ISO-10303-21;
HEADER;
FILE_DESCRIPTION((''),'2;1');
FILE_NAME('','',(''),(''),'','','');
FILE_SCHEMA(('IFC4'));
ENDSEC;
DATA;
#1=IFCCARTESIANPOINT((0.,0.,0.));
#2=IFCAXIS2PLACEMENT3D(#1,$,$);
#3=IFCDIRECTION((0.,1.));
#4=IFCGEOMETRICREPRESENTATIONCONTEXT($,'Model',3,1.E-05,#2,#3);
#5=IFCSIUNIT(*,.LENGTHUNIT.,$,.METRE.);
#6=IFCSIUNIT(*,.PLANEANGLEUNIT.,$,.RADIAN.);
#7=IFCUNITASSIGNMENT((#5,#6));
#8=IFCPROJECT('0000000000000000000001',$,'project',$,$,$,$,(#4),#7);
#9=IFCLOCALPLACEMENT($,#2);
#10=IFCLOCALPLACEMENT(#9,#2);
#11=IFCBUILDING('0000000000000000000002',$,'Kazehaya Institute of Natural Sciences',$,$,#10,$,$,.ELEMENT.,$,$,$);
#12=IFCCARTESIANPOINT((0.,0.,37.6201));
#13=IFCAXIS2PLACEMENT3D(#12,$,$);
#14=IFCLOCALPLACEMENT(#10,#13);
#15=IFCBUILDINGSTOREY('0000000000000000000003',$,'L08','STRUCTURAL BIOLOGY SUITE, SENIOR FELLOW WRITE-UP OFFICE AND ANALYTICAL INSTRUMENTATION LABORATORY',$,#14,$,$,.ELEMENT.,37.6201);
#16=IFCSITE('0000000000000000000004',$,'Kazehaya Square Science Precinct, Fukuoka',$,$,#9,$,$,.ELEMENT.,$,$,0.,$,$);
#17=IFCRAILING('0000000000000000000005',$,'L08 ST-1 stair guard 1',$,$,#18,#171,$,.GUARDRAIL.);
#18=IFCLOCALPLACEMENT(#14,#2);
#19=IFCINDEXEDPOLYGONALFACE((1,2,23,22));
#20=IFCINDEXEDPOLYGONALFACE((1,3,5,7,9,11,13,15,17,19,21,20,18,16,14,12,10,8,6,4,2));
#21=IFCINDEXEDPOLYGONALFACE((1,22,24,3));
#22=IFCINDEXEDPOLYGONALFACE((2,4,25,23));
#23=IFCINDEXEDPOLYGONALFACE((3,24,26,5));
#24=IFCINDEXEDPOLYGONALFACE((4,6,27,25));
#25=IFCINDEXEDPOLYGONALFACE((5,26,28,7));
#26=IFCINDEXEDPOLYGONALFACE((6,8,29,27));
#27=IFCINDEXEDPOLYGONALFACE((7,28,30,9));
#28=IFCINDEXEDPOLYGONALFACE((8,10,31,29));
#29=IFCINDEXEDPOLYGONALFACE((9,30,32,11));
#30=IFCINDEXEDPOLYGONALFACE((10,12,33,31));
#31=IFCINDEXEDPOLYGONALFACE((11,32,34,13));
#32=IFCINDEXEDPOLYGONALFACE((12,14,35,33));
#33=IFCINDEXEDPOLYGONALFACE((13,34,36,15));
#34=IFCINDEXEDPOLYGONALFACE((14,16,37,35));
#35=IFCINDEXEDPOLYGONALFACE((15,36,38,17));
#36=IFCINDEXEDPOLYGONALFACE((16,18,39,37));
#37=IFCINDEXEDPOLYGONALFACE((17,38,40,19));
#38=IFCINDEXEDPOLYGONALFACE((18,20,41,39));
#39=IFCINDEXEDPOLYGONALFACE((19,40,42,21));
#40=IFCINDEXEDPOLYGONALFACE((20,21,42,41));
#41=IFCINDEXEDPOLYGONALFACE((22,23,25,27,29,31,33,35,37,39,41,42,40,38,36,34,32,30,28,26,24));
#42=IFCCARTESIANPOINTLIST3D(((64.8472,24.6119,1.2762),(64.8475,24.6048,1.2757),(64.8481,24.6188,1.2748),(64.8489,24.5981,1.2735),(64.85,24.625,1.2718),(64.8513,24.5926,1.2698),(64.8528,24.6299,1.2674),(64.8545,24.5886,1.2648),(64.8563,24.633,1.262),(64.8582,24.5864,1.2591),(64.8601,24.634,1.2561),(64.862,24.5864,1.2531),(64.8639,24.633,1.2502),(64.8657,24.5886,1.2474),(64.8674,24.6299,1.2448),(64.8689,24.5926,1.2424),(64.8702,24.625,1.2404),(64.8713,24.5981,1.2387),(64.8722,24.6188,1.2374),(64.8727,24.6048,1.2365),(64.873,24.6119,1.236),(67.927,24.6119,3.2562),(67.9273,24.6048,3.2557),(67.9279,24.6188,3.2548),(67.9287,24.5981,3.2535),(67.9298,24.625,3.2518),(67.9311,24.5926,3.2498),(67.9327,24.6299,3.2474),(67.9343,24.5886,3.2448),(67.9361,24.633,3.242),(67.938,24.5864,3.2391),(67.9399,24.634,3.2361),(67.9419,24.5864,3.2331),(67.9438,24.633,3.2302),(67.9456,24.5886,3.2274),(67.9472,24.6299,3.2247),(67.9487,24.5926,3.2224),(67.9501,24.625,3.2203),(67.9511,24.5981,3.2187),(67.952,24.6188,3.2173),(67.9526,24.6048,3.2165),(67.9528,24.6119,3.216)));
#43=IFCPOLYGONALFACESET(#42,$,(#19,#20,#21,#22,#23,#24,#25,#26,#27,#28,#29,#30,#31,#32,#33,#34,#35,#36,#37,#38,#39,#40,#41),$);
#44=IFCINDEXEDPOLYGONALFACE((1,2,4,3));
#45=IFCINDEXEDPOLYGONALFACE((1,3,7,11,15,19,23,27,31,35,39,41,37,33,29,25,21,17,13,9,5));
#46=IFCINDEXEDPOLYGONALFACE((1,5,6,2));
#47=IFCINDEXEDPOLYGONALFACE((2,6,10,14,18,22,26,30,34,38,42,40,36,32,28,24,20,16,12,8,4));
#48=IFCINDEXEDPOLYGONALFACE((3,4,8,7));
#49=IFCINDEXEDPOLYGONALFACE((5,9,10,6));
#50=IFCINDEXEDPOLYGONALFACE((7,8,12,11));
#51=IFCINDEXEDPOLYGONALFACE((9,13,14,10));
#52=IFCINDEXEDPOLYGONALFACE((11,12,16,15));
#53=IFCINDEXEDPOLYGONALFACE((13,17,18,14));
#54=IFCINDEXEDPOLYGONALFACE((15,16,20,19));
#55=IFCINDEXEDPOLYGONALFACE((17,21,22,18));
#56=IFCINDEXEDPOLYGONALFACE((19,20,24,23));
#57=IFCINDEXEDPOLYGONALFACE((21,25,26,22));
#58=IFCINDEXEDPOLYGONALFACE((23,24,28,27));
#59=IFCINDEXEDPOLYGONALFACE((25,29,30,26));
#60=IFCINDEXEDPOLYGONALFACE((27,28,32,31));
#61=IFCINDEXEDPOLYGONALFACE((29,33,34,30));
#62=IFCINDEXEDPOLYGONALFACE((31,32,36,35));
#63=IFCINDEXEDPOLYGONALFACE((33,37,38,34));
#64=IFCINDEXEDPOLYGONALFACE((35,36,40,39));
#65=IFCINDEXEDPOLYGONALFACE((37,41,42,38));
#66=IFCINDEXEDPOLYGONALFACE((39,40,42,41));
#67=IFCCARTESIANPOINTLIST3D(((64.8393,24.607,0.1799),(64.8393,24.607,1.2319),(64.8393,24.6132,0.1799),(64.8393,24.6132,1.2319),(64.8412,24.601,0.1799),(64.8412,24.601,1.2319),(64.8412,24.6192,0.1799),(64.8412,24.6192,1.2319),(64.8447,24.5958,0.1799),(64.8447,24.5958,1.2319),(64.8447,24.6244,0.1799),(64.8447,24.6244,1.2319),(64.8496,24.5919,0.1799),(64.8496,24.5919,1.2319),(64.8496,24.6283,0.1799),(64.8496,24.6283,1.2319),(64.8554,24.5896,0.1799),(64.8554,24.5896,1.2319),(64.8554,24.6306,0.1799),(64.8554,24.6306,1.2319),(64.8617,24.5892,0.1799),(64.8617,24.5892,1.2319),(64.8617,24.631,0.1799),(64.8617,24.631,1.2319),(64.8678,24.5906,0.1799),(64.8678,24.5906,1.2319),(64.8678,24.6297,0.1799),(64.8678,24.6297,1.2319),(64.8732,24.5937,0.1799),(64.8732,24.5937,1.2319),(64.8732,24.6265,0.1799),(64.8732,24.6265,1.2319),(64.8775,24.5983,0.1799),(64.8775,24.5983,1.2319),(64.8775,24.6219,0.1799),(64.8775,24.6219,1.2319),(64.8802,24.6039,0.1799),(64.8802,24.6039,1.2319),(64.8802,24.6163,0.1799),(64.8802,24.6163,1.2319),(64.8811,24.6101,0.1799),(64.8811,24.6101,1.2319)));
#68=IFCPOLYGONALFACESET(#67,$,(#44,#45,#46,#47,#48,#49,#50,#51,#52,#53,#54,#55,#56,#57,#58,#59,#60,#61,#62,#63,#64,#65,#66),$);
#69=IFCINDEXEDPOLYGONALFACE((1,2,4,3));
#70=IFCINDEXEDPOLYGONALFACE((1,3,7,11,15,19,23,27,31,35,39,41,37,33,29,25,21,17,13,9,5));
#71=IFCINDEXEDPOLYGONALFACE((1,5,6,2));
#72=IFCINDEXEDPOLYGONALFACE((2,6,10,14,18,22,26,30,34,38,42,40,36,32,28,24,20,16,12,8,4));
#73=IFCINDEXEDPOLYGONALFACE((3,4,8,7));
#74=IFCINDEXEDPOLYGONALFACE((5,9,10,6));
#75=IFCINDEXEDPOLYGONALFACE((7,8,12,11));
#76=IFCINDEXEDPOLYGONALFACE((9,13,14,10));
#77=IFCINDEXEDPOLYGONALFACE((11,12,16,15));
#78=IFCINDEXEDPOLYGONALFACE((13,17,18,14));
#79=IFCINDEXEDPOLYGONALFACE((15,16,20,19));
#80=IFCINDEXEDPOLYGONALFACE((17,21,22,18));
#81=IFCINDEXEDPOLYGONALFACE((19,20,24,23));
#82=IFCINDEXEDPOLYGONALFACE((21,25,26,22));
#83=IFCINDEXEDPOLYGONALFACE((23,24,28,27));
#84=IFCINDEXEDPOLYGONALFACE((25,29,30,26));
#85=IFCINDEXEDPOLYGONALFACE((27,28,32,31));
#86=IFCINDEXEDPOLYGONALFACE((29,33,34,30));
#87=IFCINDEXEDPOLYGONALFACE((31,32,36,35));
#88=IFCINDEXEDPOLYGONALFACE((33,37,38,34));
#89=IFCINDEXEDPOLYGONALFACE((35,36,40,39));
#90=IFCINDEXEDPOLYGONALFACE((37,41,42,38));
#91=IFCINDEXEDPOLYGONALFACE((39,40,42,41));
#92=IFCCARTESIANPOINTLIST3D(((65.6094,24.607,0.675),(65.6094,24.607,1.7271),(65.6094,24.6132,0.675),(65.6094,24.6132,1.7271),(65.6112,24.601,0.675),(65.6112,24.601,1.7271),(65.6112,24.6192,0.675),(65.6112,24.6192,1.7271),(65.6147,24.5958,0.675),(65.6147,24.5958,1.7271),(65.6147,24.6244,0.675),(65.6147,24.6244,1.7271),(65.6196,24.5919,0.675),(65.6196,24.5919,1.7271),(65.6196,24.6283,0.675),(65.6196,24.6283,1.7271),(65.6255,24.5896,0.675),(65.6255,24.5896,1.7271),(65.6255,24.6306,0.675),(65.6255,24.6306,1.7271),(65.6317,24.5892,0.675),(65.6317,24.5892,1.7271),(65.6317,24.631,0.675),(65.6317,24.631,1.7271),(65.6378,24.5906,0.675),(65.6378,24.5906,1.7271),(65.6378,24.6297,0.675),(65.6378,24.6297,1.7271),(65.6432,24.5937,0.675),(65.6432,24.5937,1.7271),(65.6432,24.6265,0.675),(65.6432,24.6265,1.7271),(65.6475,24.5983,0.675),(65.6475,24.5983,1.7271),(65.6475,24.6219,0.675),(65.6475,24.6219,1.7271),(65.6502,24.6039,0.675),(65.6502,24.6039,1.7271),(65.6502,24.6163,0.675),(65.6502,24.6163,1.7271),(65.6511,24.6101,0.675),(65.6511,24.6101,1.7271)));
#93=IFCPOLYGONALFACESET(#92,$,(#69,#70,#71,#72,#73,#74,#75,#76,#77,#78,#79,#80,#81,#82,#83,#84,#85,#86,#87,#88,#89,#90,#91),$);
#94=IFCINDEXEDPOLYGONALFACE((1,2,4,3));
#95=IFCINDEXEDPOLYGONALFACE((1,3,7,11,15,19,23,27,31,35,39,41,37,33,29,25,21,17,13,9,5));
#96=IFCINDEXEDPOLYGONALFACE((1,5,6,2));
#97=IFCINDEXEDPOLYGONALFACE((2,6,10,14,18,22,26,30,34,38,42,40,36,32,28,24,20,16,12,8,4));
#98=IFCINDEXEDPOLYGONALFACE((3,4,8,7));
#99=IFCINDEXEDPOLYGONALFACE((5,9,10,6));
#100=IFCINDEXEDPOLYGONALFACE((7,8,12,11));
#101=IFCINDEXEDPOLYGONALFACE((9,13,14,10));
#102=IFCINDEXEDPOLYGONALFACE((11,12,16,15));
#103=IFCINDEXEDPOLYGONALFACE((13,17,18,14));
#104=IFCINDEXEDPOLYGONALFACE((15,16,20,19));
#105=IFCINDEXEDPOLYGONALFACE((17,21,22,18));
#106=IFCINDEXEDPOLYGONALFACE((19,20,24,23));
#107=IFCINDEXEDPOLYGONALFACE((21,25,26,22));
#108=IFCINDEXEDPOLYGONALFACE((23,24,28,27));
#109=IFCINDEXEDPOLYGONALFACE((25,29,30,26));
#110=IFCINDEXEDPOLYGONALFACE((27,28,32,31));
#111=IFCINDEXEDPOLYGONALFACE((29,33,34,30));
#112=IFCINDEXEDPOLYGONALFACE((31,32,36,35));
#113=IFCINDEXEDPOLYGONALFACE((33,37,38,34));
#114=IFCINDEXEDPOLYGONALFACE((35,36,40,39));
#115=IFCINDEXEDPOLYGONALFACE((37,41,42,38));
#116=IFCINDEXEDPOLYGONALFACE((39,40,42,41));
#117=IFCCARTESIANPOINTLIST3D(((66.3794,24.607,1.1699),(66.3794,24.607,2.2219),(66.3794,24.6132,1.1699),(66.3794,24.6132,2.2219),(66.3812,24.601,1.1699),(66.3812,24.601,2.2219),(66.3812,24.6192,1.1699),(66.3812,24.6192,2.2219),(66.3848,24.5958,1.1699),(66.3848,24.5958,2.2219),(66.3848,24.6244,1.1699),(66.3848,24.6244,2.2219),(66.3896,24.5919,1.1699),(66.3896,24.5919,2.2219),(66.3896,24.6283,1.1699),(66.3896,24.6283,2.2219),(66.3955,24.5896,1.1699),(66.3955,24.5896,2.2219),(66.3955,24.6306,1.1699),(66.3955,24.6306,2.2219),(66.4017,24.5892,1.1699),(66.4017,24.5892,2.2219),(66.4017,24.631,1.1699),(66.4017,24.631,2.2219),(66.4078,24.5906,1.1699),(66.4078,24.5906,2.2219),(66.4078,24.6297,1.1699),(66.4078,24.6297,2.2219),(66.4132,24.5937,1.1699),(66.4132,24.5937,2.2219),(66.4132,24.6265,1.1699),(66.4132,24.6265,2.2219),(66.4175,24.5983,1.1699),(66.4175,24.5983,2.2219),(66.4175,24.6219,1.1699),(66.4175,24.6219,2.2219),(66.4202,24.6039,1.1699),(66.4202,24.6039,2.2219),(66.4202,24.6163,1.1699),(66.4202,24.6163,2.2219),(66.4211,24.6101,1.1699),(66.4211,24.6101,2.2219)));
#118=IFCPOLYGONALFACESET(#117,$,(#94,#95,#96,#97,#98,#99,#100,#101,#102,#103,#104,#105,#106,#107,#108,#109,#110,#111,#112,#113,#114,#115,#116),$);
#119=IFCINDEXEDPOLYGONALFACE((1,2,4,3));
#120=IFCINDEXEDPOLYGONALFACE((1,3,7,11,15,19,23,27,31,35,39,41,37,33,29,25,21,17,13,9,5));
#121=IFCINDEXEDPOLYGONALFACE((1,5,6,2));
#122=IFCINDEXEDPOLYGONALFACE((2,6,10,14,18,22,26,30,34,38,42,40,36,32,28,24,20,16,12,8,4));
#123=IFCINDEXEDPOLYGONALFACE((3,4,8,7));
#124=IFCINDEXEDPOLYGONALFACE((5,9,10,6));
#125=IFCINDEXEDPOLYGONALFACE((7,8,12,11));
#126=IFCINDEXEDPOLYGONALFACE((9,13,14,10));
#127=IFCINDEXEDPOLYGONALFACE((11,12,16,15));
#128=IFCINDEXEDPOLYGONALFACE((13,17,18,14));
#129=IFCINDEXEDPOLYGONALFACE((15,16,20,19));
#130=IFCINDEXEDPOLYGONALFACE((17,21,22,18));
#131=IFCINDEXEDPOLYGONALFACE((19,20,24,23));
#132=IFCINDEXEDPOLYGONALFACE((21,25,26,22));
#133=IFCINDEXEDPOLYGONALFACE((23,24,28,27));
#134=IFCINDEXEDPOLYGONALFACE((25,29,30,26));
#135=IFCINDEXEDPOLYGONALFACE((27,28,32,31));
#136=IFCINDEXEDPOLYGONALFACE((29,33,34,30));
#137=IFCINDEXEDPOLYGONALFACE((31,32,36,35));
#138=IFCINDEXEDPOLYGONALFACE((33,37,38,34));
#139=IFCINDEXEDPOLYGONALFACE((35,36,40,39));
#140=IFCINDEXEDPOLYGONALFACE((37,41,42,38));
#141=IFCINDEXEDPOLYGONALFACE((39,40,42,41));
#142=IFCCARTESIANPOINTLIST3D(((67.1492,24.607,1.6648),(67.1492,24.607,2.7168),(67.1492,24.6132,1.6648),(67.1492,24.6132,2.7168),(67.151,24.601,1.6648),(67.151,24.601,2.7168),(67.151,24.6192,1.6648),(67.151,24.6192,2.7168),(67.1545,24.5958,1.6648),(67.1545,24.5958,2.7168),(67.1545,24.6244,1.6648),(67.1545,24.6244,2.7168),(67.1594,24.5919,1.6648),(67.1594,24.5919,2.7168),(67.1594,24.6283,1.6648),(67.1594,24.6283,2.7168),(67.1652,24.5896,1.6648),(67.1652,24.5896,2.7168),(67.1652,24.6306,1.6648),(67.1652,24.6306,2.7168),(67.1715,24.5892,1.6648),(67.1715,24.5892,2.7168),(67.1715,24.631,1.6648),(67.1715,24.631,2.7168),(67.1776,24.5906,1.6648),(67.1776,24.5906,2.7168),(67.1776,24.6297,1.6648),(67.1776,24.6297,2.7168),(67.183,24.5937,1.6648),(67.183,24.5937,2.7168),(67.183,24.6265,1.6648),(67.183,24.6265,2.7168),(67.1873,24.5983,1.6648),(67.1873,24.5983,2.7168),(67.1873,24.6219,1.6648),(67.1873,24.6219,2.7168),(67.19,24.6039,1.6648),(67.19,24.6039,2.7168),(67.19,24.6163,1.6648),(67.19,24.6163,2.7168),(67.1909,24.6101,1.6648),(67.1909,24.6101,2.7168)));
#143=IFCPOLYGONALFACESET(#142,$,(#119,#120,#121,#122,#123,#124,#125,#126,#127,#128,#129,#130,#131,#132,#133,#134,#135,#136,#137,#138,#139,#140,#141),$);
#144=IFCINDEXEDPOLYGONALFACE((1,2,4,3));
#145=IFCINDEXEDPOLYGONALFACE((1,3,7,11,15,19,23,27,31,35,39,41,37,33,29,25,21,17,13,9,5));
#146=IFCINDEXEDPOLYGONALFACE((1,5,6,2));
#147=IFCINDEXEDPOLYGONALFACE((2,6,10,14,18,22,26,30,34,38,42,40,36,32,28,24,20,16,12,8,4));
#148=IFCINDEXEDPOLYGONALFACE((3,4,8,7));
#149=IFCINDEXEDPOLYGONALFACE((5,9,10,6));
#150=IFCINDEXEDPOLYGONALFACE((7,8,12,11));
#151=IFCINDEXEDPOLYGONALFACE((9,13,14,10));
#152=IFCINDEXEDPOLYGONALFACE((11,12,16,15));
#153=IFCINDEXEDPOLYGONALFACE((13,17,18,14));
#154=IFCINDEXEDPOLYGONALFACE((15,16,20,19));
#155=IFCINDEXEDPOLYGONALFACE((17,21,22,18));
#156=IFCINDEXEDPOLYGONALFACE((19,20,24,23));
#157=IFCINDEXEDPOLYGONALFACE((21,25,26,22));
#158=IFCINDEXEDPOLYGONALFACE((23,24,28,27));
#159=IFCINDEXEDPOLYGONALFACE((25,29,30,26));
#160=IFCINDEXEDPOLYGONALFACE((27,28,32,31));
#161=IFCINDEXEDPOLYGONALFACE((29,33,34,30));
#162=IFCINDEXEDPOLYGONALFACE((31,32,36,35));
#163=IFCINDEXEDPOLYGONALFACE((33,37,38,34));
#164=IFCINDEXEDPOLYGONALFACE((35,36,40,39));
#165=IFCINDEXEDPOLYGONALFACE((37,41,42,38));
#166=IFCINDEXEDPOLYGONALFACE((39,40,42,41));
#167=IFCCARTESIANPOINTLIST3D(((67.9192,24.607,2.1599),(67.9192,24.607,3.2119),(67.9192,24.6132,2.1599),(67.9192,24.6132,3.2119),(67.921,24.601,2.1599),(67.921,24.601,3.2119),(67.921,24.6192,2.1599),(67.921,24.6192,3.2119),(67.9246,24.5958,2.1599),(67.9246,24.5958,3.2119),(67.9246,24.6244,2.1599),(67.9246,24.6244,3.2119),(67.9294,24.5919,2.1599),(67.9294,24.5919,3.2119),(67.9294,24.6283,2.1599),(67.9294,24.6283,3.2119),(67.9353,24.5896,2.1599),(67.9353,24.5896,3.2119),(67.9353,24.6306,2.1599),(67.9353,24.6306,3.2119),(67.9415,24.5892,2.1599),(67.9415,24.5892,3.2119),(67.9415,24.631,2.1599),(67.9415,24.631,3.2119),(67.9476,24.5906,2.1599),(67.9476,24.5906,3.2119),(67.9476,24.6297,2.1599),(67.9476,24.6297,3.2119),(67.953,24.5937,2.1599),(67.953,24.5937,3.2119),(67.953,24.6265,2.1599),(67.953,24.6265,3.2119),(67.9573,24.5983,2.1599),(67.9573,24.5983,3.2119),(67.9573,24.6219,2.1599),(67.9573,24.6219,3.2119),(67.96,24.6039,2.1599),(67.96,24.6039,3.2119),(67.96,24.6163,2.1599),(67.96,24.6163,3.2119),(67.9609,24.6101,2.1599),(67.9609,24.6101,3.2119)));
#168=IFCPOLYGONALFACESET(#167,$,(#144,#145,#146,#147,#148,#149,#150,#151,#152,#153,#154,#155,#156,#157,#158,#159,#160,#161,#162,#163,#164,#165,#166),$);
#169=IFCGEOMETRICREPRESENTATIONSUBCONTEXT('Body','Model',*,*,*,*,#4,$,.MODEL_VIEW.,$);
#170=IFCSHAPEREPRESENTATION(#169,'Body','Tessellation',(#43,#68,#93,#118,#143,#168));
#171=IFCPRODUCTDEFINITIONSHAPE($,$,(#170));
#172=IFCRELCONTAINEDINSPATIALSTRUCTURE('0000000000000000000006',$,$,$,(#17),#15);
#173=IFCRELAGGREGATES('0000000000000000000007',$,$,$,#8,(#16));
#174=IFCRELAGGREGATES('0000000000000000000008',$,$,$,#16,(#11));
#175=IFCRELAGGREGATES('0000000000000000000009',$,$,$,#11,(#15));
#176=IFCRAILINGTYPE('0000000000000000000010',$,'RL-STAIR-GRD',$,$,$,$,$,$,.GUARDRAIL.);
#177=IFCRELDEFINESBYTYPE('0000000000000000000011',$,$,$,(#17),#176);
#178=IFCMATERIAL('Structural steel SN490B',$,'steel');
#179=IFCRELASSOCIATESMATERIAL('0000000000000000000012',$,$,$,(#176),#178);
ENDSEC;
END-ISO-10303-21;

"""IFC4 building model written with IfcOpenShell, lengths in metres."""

from ifc_helpers import new_model, si_unit, direction, frame, origin, origin_2d, place, context, subcontext, project, spatial, circle, extrude, material, type_object, element, save


model = new_model("IFC4")

# Units and contexts
model_context = context("Model", 3, precision=1e-05, world=origin(), true_north=direction((0.0, 1.0)))
body_context = subcontext(model_context, "Body", "Model", "MODEL_VIEW")
ifc_project = project(units=[si_unit("LENGTHUNIT", "METRE"), si_unit("PLANEANGLEUNIT", "RADIAN")], contexts=[model_context])

# Site, building, storey
site_placement = place(None, origin())
site = spatial("IfcSite", under=ifc_project, at=site_placement, Name="Kazehaya Square Science Precinct, Fukuoka", CompositionType="ELEMENT", RefElevation=0.0)
building_placement = place(site_placement, origin())
building = spatial("IfcBuilding", under=site, at=building_placement, Name="Kazehaya Institute of Natural Sciences", CompositionType="ELEMENT")
storey_placement = place(building_placement, frame((0.0, 0.0, 37.6201)))
storey = spatial("IfcBuildingStorey", under=building, at=storey_placement, Name="L08", Description="STRUCTURAL BIOLOGY SUITE, SENIOR FELLOW WRITE-UP OFFICE AND ANALYTICAL INSTRUMENTATION LABORATORY", CompositionType="ELEMENT", Elevation=37.6201)

# Railing
ifc_material_1 = material(Name="Structural steel SN490B", Category="steel")
railing_type_1 = type_object("IfcRailingType", Name="RL-STAIR-GRD", PredefinedType="GUARDRAIL", material=ifc_material_1)
railing_1_placement = place(storey_placement, frame((64.8601, 24.6101, 0.1799)))
element("IfcRailing", 1, at=railing_1_placement, inside=storey, type_object=railing_type_1, Name="L08 ST-1 stair guard 1", PredefinedType="GUARDRAIL", context=body_context, shape_type="SweptSolid", body=[
    extrude(circle(Radius=0.0239, at=origin_2d()), frame((0.0, 0.0, 1.0762), z_axis=(0.841168, 0.0, 0.540774), x_axis=(0.0, 1.0, 0.0)), (0.0, 0.0, 1.0), 3.6614),
    extrude(circle(Radius=0.021, at=origin_2d()), origin(), (0.0, 0.0, 1.0), 1.052),
    extrude(circle(Radius=0.021, at=origin_2d()), frame((0.77, 0.0, 0.4951)), (0.0, 0.0, 1.0), 1.052),
    extrude(circle(Radius=0.021, at=origin_2d()), frame((1.54, 0.0, 0.99)), (0.0, 0.0, 1.0), 1.052),
    extrude(circle(Radius=0.021, at=origin_2d()), frame((2.3098, 0.0, 1.4849)), (0.0, 0.0, 1.0), 1.052),
    extrude(circle(Radius=0.021, at=origin_2d()), frame((3.0798, 0.0, 1.98)), (0.0, 0.0, 1.0), 1.052),
])

save(model, "model.ifc")
